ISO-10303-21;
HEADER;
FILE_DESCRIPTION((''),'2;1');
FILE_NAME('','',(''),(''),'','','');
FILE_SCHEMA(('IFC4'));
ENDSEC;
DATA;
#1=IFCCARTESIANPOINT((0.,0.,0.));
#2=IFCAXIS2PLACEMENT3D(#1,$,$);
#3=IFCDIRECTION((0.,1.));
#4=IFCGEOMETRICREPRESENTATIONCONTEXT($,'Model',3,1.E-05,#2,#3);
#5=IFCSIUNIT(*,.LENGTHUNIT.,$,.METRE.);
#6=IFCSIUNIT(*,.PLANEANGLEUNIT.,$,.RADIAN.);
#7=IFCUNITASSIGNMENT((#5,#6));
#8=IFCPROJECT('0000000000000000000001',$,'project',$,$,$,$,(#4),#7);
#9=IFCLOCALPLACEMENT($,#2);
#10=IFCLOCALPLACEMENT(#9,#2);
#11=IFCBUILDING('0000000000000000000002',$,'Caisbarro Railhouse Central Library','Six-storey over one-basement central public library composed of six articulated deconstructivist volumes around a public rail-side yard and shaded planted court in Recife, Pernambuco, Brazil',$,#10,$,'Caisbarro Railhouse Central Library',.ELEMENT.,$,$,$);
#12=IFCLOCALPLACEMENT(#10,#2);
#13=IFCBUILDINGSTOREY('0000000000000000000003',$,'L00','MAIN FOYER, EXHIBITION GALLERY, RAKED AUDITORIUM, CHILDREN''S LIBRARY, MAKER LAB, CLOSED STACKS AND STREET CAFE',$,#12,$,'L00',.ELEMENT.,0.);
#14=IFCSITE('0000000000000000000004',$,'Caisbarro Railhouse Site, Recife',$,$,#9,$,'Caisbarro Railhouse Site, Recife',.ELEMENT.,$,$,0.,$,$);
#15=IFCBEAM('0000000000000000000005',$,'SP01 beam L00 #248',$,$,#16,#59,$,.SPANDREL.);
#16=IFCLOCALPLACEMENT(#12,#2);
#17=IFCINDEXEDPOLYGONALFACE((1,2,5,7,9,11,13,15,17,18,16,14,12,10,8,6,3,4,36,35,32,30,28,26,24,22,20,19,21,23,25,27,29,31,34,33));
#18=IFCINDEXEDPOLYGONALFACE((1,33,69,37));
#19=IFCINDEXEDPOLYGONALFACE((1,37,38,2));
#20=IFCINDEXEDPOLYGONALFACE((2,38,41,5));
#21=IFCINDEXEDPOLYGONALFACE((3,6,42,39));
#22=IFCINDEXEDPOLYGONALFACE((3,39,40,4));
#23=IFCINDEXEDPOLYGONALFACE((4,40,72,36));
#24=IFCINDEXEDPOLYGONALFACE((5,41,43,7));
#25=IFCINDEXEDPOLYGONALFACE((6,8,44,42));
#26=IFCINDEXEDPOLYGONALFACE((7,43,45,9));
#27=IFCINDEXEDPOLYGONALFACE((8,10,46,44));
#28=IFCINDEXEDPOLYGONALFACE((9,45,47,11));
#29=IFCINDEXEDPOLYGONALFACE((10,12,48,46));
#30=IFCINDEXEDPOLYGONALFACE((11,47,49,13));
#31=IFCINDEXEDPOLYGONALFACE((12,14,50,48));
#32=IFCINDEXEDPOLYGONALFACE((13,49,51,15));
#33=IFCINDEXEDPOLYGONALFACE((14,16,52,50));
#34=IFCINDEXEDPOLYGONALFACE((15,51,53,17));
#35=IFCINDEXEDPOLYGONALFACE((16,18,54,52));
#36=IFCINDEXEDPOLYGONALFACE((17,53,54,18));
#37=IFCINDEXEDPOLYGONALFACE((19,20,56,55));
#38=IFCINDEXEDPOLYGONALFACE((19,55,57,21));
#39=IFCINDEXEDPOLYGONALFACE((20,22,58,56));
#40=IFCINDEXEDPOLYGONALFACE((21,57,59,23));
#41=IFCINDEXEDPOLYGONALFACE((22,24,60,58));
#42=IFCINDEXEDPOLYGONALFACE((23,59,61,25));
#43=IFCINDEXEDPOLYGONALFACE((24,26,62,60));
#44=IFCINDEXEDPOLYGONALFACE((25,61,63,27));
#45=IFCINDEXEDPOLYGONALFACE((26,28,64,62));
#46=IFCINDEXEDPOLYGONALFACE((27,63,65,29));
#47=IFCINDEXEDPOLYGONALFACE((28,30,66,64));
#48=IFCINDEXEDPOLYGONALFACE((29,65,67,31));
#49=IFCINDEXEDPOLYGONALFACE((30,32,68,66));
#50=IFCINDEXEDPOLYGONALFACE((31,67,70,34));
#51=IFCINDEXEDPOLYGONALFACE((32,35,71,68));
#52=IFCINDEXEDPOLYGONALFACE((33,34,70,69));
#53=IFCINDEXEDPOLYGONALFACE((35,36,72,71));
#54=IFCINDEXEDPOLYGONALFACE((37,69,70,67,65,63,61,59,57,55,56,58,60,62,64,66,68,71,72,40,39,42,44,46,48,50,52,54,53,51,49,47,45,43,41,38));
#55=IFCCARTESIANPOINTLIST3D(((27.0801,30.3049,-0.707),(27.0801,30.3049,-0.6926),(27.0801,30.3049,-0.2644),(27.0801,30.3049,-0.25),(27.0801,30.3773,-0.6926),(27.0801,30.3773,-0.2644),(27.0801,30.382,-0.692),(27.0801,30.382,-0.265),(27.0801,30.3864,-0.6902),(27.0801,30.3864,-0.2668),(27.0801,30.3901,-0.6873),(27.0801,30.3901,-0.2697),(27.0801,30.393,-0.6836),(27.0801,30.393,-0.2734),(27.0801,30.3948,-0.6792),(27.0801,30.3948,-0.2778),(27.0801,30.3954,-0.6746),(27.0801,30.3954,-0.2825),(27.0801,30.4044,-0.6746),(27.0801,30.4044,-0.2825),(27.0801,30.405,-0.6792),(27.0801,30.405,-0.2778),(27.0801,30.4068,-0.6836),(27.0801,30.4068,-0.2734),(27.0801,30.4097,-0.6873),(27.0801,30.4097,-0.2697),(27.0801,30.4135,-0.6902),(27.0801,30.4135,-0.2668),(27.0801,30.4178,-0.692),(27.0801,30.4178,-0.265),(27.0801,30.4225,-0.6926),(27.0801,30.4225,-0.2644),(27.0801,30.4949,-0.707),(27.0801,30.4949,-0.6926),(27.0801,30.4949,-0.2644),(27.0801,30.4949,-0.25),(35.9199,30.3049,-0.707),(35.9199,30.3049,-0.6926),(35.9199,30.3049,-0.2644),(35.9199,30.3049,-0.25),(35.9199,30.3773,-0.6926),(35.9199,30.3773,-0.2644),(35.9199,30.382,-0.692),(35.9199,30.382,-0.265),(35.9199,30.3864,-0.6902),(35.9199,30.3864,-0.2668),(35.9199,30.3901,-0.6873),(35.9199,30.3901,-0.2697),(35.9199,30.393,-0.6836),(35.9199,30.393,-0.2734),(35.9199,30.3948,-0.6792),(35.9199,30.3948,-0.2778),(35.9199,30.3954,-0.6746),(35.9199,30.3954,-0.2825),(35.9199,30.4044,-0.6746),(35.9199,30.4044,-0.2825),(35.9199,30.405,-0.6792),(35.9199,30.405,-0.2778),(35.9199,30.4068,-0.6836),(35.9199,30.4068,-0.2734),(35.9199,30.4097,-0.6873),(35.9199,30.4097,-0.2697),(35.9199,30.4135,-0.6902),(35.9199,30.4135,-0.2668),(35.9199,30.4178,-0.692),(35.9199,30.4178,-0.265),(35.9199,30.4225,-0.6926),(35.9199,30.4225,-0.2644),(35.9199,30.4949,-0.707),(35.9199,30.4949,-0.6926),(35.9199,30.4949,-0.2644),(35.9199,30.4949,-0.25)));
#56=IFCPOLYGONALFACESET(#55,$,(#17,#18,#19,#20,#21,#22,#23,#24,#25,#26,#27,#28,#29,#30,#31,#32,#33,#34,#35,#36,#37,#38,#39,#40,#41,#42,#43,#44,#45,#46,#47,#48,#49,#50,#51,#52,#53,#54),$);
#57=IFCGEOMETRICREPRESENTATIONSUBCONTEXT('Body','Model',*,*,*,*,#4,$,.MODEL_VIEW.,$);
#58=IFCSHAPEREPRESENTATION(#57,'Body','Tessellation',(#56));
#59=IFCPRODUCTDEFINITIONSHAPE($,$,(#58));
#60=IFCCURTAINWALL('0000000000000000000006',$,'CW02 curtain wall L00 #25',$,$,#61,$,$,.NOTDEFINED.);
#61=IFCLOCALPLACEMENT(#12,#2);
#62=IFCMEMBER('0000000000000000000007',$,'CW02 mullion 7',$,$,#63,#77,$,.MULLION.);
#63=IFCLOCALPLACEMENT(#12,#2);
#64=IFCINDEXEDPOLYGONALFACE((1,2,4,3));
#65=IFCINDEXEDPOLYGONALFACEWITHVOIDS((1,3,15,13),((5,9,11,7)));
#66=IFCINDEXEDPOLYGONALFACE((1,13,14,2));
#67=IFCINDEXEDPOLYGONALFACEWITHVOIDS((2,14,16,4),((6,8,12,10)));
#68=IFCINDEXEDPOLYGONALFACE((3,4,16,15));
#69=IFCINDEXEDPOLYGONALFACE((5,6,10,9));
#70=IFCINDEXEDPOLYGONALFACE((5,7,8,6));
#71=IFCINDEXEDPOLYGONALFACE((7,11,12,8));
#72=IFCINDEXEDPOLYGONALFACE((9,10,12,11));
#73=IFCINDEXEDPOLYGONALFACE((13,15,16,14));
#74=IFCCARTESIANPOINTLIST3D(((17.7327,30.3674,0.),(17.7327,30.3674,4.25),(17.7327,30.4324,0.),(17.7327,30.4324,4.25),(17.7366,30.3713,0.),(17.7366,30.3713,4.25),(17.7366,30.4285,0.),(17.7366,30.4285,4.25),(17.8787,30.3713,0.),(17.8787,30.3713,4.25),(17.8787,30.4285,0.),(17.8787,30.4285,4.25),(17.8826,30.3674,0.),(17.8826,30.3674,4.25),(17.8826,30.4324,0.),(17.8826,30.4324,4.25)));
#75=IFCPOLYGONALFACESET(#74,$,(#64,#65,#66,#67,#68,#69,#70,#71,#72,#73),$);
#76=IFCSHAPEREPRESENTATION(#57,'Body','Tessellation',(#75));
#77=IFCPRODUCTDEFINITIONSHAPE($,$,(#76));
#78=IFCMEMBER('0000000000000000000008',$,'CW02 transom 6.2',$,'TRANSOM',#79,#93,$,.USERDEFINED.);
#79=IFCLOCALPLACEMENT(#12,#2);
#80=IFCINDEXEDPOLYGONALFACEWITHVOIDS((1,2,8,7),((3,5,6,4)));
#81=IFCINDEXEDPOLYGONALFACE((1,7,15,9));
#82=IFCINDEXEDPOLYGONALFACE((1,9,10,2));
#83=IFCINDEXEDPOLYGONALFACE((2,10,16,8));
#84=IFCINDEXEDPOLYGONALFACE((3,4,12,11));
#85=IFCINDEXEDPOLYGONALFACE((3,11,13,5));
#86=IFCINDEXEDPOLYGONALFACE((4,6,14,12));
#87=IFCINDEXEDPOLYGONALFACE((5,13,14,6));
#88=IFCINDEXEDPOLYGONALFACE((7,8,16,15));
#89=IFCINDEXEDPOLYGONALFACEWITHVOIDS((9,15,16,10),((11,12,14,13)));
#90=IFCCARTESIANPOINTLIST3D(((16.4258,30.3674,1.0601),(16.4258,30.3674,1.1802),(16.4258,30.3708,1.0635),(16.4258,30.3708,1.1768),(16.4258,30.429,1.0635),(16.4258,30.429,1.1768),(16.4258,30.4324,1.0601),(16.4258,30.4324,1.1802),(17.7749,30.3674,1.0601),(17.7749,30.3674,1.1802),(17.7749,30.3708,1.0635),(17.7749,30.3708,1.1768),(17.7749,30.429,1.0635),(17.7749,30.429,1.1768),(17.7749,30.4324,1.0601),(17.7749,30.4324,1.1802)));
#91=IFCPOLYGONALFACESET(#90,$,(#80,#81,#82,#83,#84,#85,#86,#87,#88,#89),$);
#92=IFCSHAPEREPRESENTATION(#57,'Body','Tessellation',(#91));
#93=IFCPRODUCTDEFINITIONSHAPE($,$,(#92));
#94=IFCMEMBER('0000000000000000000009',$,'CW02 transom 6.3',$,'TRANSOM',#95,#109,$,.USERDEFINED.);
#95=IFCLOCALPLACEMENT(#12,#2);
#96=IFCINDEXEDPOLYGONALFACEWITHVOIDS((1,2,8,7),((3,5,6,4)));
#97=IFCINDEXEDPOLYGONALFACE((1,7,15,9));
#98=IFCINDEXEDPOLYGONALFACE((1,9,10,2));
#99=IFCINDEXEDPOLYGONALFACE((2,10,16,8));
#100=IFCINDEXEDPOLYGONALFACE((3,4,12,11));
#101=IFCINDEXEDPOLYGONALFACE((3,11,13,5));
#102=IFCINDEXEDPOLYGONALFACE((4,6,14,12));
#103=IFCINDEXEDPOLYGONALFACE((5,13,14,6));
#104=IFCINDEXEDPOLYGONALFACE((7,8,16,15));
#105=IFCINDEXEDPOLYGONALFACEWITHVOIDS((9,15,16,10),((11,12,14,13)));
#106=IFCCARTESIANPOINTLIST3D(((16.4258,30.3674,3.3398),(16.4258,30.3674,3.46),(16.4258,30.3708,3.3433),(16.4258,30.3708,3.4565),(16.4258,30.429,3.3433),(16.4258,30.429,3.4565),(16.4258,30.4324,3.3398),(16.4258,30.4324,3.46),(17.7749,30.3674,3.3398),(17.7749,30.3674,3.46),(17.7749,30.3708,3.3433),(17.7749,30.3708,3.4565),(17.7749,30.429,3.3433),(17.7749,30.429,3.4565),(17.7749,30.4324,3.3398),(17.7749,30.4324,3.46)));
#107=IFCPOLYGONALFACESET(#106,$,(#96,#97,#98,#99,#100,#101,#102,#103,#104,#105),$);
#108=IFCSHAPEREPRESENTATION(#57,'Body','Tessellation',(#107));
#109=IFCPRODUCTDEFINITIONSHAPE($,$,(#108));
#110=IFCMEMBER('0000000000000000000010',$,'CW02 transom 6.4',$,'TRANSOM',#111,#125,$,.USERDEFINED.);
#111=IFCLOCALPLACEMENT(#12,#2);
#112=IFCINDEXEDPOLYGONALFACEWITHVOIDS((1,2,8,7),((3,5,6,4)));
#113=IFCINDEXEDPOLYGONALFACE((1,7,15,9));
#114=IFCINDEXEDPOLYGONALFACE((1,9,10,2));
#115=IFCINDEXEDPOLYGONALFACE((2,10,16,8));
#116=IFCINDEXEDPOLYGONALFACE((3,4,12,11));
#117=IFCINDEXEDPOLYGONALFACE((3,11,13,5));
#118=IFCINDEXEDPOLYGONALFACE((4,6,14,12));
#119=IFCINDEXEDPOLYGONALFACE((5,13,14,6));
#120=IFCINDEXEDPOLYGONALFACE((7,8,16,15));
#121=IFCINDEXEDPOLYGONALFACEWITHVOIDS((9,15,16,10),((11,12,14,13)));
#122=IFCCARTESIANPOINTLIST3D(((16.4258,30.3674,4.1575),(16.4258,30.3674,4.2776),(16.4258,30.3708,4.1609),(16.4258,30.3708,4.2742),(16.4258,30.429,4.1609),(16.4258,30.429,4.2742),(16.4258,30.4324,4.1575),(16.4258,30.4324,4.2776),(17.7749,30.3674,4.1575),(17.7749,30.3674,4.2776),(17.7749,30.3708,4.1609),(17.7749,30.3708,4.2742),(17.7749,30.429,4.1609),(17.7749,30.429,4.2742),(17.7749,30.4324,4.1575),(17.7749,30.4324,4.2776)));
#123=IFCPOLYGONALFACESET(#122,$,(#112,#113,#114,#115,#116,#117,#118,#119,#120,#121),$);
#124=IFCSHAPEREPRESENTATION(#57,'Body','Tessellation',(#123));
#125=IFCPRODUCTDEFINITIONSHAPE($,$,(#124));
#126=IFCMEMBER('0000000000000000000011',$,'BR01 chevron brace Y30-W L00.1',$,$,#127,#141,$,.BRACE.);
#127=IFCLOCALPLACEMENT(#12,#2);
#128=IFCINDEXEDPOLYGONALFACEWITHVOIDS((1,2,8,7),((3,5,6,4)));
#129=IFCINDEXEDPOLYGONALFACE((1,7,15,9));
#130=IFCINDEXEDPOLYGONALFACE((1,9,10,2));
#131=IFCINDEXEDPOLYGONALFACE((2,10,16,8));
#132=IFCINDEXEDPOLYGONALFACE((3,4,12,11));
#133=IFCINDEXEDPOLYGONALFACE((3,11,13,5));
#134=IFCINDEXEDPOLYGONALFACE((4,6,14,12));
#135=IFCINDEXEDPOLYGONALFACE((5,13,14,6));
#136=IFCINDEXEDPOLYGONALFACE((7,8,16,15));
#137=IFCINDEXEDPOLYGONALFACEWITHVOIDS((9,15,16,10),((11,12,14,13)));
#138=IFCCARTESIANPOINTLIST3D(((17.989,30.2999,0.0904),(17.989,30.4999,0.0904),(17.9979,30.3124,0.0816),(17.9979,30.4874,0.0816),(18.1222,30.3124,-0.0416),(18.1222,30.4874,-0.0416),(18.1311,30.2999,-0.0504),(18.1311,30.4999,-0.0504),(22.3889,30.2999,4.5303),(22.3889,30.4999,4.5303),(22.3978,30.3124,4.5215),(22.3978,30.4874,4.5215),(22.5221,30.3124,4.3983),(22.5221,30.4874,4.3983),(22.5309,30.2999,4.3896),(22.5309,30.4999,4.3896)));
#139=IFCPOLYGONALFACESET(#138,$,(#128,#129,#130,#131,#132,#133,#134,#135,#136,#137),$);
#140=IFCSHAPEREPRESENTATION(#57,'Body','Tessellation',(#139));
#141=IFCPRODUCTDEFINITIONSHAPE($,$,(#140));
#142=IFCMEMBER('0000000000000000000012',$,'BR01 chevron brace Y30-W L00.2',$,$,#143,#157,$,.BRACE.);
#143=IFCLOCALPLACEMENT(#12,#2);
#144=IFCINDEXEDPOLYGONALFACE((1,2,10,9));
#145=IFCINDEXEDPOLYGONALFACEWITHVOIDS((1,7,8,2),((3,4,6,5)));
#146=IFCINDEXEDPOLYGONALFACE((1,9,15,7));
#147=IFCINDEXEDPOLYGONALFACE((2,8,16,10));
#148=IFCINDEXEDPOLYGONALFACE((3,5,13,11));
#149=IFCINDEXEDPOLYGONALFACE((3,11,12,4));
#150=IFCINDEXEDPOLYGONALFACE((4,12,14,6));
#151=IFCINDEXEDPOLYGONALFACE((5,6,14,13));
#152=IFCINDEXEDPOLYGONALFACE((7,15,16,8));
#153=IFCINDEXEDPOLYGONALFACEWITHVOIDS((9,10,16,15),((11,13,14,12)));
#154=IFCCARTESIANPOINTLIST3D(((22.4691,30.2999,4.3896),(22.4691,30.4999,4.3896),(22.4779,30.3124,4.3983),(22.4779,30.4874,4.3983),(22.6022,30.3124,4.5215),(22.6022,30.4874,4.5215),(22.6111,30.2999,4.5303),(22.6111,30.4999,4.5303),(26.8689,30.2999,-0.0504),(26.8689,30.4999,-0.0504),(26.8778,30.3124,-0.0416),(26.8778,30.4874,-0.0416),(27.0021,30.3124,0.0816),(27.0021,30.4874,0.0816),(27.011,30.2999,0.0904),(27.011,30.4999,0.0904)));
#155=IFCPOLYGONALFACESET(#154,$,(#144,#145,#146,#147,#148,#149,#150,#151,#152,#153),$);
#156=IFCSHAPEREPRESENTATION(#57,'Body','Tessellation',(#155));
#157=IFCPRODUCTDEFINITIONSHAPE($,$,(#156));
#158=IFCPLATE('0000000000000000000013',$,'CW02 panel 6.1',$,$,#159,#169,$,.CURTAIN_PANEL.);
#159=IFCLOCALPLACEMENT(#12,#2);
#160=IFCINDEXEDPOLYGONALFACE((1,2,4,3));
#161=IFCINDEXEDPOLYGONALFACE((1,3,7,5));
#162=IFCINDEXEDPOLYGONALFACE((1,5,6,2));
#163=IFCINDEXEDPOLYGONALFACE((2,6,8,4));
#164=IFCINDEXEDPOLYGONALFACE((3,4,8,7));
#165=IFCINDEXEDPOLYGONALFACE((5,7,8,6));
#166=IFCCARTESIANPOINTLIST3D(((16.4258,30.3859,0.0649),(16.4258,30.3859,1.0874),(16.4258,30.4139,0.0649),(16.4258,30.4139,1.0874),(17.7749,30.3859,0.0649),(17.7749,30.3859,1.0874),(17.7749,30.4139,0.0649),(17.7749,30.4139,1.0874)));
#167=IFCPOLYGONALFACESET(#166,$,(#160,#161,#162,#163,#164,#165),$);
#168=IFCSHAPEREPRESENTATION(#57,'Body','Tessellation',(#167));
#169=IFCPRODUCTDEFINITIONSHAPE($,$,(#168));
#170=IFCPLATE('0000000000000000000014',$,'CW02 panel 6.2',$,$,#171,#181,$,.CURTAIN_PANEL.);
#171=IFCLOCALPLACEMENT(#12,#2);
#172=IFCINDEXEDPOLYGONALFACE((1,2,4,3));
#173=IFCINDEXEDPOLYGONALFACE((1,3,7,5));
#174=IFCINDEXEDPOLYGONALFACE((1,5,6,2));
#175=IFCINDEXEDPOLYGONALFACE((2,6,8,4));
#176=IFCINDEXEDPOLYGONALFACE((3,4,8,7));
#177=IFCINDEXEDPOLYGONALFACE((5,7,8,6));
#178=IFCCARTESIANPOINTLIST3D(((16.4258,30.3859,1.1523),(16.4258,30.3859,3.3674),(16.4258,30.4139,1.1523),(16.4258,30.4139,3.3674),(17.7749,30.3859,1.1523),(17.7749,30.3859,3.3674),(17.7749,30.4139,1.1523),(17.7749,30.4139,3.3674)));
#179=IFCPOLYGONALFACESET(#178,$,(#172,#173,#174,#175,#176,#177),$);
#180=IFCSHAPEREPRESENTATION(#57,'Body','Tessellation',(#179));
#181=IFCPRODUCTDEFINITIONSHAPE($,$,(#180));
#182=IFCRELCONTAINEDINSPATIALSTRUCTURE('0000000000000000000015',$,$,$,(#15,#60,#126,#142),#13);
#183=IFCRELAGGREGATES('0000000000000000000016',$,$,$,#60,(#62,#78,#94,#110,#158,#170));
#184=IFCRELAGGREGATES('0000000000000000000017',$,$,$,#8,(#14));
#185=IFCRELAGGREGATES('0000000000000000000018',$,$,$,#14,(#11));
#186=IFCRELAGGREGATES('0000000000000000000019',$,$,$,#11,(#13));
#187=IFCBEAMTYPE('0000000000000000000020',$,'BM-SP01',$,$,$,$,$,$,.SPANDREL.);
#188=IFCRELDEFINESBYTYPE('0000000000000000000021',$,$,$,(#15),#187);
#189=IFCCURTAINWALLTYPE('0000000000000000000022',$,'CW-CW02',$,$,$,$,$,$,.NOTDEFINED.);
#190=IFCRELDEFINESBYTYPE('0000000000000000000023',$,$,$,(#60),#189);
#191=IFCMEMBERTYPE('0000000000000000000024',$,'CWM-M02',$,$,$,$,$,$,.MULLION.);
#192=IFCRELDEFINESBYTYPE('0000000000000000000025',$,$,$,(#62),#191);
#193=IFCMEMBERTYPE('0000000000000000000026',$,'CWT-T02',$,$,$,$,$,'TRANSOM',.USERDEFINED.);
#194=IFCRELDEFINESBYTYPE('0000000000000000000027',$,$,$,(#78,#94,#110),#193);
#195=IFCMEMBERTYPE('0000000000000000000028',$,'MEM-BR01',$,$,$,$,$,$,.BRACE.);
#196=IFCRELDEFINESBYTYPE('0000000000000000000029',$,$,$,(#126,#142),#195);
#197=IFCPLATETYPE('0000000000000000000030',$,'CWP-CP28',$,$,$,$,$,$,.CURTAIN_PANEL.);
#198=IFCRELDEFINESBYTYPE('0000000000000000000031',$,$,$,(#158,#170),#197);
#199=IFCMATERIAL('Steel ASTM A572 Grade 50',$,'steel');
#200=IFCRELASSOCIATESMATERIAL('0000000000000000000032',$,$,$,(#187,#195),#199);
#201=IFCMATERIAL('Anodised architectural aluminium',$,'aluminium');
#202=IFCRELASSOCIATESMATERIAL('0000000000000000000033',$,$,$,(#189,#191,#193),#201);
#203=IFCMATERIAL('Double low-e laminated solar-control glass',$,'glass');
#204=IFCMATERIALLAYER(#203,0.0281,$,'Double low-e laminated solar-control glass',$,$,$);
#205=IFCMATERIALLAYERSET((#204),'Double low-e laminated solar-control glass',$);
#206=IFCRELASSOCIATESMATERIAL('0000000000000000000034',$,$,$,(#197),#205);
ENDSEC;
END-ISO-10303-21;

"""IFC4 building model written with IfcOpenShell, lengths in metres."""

from ifc_helpers import new_model, si_unit, direction, frame, origin, origin_2d, place, context, subcontext, project, spatial, rectangle, hollow_rectangle, i_section, extrude, material, layer, layer_set, material_profile, profile_set, type_object, element, aggregate, save


model = new_model("IFC4")

# Units and contexts
model_context = context("Model", 3, precision=1e-05, world=origin(), true_north=direction((0.0, 1.0)))
body_context = subcontext(model_context, "Body", "Model", "MODEL_VIEW")
ifc_project = project(units=[si_unit("LENGTHUNIT", "METRE"), si_unit("PLANEANGLEUNIT", "RADIAN")], contexts=[model_context])

# Site, building, storey
site_placement = place(None, origin())
site = spatial("IfcSite", under=ifc_project, at=site_placement, Name="Caisbarro Railhouse Site, Recife", LongName="Caisbarro Railhouse Site, Recife", CompositionType="ELEMENT", RefElevation=0.0)
building_placement = place(site_placement, origin())
building = spatial("IfcBuilding", under=site, at=building_placement, Name="Caisbarro Railhouse Central Library", Description="Six-storey over one-basement central public library composed of six articulated deconstructivist volumes around a public rail-side yard and shaded planted court in Recife, Pernambuco, Brazil", LongName="Caisbarro Railhouse Central Library", CompositionType="ELEMENT")
storey_placement = place(building_placement, origin())
storey = spatial("IfcBuildingStorey", under=building, at=storey_placement, Name="L00", Description="MAIN FOYER, EXHIBITION GALLERY, RAKED AUDITORIUM, CHILDREN'S LIBRARY, MAKER LAB, CLOSED STACKS AND STREET CAFE", LongName="L00", CompositionType="ELEMENT", Elevation=0.0)

# Shared definitions
ifc_material_1 = material(Name="Steel ASTM A572 Grade 50", Category="steel")

# Beam
ifc_material_profile_1 = material_profile(ifc_material_1, i_section(OverallWidth=0.1899, OverallDepth=0.457, WebThickness=0.009, FlangeThickness=0.0144, FilletRadius=0.0181, at=origin_2d()), Name="W460X74.0")
ifc_profile_set_1 = profile_set([ifc_material_profile_1], Name="Steel ASTM A572 Grade 50")
beam_type = type_object("IfcBeamType", Name="BM-SP01", PredefinedType="SPANDREL", material=ifc_profile_set_1)
for number, where, z_axis, x_axis, name in (
    (1, (27.0801, 30.3999, -0.4785), (1.0, 0.0, 0.0), (0.0, 1.0, 0.0), "SP01 beam L00 #248"),
):
    element("IfcBeam", number, at=place(storey_placement, frame(where, z_axis=z_axis, x_axis=x_axis)), inside=storey, type_object=beam_type, Name=name, PredefinedType="SPANDREL", context=body_context, shape_type="SweptSolid", body=[
        extrude(i_section(OverallWidth=0.1899, OverallDepth=0.457, WebThickness=0.009, FlangeThickness=0.0144, FilletRadius=0.0181, at=origin_2d()), origin(), (0.0, 0.0, 1.0), 8.8398),
    ])

# Curtain wall, members
ifc_material_2 = material(Name="Anodised architectural aluminium", Category="aluminium")
curtain_wall_type = type_object("IfcCurtainWallType", Name="CW-CW02", PredefinedType="NOTDEFINED", material=ifc_material_2)
curtain_wall_placement = place(storey_placement, origin())
curtain_wall = element("IfcCurtainWall", 2, at=curtain_wall_placement, inside=storey, type_object=curtain_wall_type, Name="CW02 curtain wall L00 #25", PredefinedType="NOTDEFINED")
ifc_material_profile_2 = material_profile(ifc_material_2, hollow_rectangle(XDim=0.0649, YDim=0.1499, WallThickness=0.0039, at=origin_2d()), Name="ALU-MUL-65X150")
ifc_profile_set_2 = profile_set([ifc_material_profile_2], Name="Anodised architectural aluminium")
member_type_1 = type_object("IfcMemberType", Name="CWM-M02", PredefinedType="MULLION", material=ifc_profile_set_2)
member_1_placement = place(storey_placement, frame((17.8076, 30.3999, 0.0), z_axis=(0.0, 0.0, 1.0), x_axis=(0.0, 1.0, 0.0)))
member_1 = element("IfcMember", 3, at=member_1_placement, type_object=member_type_1, Name="CW02 mullion 7", PredefinedType="MULLION", context=body_context, shape_type="SweptSolid", body=[
    extrude(hollow_rectangle(XDim=0.0649, YDim=0.1499, WallThickness=0.0039, at=origin_2d()), origin(), (0.0, 0.0, 1.0), 4.25),
])
ifc_material_profile_3 = material_profile(ifc_material_2, hollow_rectangle(XDim=0.0649, YDim=0.1201, WallThickness=0.0034, at=origin_2d()), Name="ALU-TRN-65X120")
ifc_profile_set_3 = profile_set([ifc_material_profile_3], Name="Anodised architectural aluminium")
member_type_2 = type_object("IfcMemberType", Name="CWT-T02", ElementType="TRANSOM", PredefinedType="USERDEFINED", material=ifc_profile_set_3)
member_2_placement = place(storey_placement, frame((16.4258, 30.3999, 1.1201), z_axis=(1.0, 0.0, 0.0), x_axis=(0.0, 1.0, 0.0)))
member_2 = element("IfcMember", 4, at=member_2_placement, type_object=member_type_2, Name="CW02 transom 6.2", ObjectType="TRANSOM", PredefinedType="USERDEFINED", context=body_context, shape_type="SweptSolid", body=[
    extrude(hollow_rectangle(XDim=0.0649, YDim=0.1201, WallThickness=0.0034, at=origin_2d()), origin(), (0.0, 0.0, 1.0), 1.3491),
])
member_3_placement = place(storey_placement, frame((16.4258, 30.3999, 3.3999), z_axis=(1.0, 0.0, 0.0), x_axis=(0.0, 1.0, 0.0)))
member_3 = element("IfcMember", 5, at=member_3_placement, type_object=member_type_2, Name="CW02 transom 6.3", ObjectType="TRANSOM", PredefinedType="USERDEFINED", context=body_context, shape_type="SweptSolid", body=[
    extrude(hollow_rectangle(XDim=0.0649, YDim=0.1201, WallThickness=0.0034, at=origin_2d()), origin(), (0.0, 0.0, 1.0), 1.3491),
])
member_4_placement = place(storey_placement, frame((16.4258, 30.3999, 4.2175), z_axis=(1.0, 0.0, 0.0), x_axis=(0.0, 1.0, 0.0)))
member_4 = element("IfcMember", 6, at=member_4_placement, type_object=member_type_2, Name="CW02 transom 6.4", ObjectType="TRANSOM", PredefinedType="USERDEFINED", context=body_context, shape_type="SweptSolid", body=[
    extrude(hollow_rectangle(XDim=0.0649, YDim=0.1201, WallThickness=0.0034, at=origin_2d()), origin(), (0.0, 0.0, 1.0), 1.3491),
])

# Members
ifc_material_profile_4 = material_profile(ifc_material_1, hollow_rectangle(XDim=0.2, YDim=0.2, WallThickness=0.0125, at=origin_2d()), Name="HSS200X200X12.5")
ifc_profile_set_4 = profile_set([ifc_material_profile_4], Name="Steel ASTM A572 Grade 50")
member_type_3 = type_object("IfcMemberType", Name="MEM-BR01", PredefinedType="BRACE", material=ifc_profile_set_4)
for number, where, z_axis, x_axis, name in (
    (7, (18.0601, 30.3999, 0.02), (0.703897, 0.0, 0.710302), (0.0, 1.0, 0.0), "BR01 chevron brace Y30-W L00.1"),
    (8, (26.9399, 30.3999, 0.02), (-0.703897, 0.0, 0.710302), (0.0, -1.0, 0.0), "BR01 chevron brace Y30-W L00.2"),
):
    element("IfcMember", number, at=place(storey_placement, frame(where, z_axis=z_axis, x_axis=x_axis)), inside=storey, type_object=member_type_3, Name=name, PredefinedType="BRACE", context=body_context, shape_type="SweptSolid", body=[
        extrude(hollow_rectangle(XDim=0.2, YDim=0.2, WallThickness=0.0125, at=origin_2d()), origin(), (0.0, 0.0, 1.0), 6.2507),
    ])

# Plates
ifc_material_3 = material(Name="Double low-e laminated solar-control glass", Category="glass")
ifc_layer_1 = layer(ifc_material_3, 0.0281, Name="Double low-e laminated solar-control glass")
ifc_layer_set_1 = layer_set([ifc_layer_1], Name="Double low-e laminated solar-control glass")
plate_type_1 = type_object("IfcPlateType", Name="CWP-CP28", PredefinedType="CURTAIN_PANEL", material=ifc_layer_set_1)
plate_1_placement = place(storey_placement, frame((17.1003, 30.3999, 0.0649), z_axis=(0.0, 0.0, 1.0), x_axis=(1.0, 0.0, 0.0)))
plate_1 = element("IfcPlate", 9, at=plate_1_placement, type_object=plate_type_1, Name="CW02 panel 6.1", PredefinedType="CURTAIN_PANEL", context=body_context, shape_type="SweptSolid", body=[
    extrude(rectangle(XDim=1.3491, YDim=0.0281, at=origin_2d()), origin(), (0.0, 0.0, 1.0), 1.0225),
])
plate_2_placement = place(storey_placement, frame((17.1003, 30.3999, 1.1523), z_axis=(0.0, 0.0, 1.0), x_axis=(1.0, 0.0, 0.0)))
plate_2 = element("IfcPlate", 10, at=plate_2_placement, type_object=plate_type_1, Name="CW02 panel 6.2", PredefinedType="CURTAIN_PANEL", context=body_context, shape_type="SweptSolid", body=[
    extrude(rectangle(XDim=1.3491, YDim=0.0281, at=origin_2d()), origin(), (0.0, 0.0, 1.0), 2.2151),
])
aggregate(curtain_wall, [member_1, member_2, member_3, member_4, plate_1, plate_2])

save(model, "model.ifc")
